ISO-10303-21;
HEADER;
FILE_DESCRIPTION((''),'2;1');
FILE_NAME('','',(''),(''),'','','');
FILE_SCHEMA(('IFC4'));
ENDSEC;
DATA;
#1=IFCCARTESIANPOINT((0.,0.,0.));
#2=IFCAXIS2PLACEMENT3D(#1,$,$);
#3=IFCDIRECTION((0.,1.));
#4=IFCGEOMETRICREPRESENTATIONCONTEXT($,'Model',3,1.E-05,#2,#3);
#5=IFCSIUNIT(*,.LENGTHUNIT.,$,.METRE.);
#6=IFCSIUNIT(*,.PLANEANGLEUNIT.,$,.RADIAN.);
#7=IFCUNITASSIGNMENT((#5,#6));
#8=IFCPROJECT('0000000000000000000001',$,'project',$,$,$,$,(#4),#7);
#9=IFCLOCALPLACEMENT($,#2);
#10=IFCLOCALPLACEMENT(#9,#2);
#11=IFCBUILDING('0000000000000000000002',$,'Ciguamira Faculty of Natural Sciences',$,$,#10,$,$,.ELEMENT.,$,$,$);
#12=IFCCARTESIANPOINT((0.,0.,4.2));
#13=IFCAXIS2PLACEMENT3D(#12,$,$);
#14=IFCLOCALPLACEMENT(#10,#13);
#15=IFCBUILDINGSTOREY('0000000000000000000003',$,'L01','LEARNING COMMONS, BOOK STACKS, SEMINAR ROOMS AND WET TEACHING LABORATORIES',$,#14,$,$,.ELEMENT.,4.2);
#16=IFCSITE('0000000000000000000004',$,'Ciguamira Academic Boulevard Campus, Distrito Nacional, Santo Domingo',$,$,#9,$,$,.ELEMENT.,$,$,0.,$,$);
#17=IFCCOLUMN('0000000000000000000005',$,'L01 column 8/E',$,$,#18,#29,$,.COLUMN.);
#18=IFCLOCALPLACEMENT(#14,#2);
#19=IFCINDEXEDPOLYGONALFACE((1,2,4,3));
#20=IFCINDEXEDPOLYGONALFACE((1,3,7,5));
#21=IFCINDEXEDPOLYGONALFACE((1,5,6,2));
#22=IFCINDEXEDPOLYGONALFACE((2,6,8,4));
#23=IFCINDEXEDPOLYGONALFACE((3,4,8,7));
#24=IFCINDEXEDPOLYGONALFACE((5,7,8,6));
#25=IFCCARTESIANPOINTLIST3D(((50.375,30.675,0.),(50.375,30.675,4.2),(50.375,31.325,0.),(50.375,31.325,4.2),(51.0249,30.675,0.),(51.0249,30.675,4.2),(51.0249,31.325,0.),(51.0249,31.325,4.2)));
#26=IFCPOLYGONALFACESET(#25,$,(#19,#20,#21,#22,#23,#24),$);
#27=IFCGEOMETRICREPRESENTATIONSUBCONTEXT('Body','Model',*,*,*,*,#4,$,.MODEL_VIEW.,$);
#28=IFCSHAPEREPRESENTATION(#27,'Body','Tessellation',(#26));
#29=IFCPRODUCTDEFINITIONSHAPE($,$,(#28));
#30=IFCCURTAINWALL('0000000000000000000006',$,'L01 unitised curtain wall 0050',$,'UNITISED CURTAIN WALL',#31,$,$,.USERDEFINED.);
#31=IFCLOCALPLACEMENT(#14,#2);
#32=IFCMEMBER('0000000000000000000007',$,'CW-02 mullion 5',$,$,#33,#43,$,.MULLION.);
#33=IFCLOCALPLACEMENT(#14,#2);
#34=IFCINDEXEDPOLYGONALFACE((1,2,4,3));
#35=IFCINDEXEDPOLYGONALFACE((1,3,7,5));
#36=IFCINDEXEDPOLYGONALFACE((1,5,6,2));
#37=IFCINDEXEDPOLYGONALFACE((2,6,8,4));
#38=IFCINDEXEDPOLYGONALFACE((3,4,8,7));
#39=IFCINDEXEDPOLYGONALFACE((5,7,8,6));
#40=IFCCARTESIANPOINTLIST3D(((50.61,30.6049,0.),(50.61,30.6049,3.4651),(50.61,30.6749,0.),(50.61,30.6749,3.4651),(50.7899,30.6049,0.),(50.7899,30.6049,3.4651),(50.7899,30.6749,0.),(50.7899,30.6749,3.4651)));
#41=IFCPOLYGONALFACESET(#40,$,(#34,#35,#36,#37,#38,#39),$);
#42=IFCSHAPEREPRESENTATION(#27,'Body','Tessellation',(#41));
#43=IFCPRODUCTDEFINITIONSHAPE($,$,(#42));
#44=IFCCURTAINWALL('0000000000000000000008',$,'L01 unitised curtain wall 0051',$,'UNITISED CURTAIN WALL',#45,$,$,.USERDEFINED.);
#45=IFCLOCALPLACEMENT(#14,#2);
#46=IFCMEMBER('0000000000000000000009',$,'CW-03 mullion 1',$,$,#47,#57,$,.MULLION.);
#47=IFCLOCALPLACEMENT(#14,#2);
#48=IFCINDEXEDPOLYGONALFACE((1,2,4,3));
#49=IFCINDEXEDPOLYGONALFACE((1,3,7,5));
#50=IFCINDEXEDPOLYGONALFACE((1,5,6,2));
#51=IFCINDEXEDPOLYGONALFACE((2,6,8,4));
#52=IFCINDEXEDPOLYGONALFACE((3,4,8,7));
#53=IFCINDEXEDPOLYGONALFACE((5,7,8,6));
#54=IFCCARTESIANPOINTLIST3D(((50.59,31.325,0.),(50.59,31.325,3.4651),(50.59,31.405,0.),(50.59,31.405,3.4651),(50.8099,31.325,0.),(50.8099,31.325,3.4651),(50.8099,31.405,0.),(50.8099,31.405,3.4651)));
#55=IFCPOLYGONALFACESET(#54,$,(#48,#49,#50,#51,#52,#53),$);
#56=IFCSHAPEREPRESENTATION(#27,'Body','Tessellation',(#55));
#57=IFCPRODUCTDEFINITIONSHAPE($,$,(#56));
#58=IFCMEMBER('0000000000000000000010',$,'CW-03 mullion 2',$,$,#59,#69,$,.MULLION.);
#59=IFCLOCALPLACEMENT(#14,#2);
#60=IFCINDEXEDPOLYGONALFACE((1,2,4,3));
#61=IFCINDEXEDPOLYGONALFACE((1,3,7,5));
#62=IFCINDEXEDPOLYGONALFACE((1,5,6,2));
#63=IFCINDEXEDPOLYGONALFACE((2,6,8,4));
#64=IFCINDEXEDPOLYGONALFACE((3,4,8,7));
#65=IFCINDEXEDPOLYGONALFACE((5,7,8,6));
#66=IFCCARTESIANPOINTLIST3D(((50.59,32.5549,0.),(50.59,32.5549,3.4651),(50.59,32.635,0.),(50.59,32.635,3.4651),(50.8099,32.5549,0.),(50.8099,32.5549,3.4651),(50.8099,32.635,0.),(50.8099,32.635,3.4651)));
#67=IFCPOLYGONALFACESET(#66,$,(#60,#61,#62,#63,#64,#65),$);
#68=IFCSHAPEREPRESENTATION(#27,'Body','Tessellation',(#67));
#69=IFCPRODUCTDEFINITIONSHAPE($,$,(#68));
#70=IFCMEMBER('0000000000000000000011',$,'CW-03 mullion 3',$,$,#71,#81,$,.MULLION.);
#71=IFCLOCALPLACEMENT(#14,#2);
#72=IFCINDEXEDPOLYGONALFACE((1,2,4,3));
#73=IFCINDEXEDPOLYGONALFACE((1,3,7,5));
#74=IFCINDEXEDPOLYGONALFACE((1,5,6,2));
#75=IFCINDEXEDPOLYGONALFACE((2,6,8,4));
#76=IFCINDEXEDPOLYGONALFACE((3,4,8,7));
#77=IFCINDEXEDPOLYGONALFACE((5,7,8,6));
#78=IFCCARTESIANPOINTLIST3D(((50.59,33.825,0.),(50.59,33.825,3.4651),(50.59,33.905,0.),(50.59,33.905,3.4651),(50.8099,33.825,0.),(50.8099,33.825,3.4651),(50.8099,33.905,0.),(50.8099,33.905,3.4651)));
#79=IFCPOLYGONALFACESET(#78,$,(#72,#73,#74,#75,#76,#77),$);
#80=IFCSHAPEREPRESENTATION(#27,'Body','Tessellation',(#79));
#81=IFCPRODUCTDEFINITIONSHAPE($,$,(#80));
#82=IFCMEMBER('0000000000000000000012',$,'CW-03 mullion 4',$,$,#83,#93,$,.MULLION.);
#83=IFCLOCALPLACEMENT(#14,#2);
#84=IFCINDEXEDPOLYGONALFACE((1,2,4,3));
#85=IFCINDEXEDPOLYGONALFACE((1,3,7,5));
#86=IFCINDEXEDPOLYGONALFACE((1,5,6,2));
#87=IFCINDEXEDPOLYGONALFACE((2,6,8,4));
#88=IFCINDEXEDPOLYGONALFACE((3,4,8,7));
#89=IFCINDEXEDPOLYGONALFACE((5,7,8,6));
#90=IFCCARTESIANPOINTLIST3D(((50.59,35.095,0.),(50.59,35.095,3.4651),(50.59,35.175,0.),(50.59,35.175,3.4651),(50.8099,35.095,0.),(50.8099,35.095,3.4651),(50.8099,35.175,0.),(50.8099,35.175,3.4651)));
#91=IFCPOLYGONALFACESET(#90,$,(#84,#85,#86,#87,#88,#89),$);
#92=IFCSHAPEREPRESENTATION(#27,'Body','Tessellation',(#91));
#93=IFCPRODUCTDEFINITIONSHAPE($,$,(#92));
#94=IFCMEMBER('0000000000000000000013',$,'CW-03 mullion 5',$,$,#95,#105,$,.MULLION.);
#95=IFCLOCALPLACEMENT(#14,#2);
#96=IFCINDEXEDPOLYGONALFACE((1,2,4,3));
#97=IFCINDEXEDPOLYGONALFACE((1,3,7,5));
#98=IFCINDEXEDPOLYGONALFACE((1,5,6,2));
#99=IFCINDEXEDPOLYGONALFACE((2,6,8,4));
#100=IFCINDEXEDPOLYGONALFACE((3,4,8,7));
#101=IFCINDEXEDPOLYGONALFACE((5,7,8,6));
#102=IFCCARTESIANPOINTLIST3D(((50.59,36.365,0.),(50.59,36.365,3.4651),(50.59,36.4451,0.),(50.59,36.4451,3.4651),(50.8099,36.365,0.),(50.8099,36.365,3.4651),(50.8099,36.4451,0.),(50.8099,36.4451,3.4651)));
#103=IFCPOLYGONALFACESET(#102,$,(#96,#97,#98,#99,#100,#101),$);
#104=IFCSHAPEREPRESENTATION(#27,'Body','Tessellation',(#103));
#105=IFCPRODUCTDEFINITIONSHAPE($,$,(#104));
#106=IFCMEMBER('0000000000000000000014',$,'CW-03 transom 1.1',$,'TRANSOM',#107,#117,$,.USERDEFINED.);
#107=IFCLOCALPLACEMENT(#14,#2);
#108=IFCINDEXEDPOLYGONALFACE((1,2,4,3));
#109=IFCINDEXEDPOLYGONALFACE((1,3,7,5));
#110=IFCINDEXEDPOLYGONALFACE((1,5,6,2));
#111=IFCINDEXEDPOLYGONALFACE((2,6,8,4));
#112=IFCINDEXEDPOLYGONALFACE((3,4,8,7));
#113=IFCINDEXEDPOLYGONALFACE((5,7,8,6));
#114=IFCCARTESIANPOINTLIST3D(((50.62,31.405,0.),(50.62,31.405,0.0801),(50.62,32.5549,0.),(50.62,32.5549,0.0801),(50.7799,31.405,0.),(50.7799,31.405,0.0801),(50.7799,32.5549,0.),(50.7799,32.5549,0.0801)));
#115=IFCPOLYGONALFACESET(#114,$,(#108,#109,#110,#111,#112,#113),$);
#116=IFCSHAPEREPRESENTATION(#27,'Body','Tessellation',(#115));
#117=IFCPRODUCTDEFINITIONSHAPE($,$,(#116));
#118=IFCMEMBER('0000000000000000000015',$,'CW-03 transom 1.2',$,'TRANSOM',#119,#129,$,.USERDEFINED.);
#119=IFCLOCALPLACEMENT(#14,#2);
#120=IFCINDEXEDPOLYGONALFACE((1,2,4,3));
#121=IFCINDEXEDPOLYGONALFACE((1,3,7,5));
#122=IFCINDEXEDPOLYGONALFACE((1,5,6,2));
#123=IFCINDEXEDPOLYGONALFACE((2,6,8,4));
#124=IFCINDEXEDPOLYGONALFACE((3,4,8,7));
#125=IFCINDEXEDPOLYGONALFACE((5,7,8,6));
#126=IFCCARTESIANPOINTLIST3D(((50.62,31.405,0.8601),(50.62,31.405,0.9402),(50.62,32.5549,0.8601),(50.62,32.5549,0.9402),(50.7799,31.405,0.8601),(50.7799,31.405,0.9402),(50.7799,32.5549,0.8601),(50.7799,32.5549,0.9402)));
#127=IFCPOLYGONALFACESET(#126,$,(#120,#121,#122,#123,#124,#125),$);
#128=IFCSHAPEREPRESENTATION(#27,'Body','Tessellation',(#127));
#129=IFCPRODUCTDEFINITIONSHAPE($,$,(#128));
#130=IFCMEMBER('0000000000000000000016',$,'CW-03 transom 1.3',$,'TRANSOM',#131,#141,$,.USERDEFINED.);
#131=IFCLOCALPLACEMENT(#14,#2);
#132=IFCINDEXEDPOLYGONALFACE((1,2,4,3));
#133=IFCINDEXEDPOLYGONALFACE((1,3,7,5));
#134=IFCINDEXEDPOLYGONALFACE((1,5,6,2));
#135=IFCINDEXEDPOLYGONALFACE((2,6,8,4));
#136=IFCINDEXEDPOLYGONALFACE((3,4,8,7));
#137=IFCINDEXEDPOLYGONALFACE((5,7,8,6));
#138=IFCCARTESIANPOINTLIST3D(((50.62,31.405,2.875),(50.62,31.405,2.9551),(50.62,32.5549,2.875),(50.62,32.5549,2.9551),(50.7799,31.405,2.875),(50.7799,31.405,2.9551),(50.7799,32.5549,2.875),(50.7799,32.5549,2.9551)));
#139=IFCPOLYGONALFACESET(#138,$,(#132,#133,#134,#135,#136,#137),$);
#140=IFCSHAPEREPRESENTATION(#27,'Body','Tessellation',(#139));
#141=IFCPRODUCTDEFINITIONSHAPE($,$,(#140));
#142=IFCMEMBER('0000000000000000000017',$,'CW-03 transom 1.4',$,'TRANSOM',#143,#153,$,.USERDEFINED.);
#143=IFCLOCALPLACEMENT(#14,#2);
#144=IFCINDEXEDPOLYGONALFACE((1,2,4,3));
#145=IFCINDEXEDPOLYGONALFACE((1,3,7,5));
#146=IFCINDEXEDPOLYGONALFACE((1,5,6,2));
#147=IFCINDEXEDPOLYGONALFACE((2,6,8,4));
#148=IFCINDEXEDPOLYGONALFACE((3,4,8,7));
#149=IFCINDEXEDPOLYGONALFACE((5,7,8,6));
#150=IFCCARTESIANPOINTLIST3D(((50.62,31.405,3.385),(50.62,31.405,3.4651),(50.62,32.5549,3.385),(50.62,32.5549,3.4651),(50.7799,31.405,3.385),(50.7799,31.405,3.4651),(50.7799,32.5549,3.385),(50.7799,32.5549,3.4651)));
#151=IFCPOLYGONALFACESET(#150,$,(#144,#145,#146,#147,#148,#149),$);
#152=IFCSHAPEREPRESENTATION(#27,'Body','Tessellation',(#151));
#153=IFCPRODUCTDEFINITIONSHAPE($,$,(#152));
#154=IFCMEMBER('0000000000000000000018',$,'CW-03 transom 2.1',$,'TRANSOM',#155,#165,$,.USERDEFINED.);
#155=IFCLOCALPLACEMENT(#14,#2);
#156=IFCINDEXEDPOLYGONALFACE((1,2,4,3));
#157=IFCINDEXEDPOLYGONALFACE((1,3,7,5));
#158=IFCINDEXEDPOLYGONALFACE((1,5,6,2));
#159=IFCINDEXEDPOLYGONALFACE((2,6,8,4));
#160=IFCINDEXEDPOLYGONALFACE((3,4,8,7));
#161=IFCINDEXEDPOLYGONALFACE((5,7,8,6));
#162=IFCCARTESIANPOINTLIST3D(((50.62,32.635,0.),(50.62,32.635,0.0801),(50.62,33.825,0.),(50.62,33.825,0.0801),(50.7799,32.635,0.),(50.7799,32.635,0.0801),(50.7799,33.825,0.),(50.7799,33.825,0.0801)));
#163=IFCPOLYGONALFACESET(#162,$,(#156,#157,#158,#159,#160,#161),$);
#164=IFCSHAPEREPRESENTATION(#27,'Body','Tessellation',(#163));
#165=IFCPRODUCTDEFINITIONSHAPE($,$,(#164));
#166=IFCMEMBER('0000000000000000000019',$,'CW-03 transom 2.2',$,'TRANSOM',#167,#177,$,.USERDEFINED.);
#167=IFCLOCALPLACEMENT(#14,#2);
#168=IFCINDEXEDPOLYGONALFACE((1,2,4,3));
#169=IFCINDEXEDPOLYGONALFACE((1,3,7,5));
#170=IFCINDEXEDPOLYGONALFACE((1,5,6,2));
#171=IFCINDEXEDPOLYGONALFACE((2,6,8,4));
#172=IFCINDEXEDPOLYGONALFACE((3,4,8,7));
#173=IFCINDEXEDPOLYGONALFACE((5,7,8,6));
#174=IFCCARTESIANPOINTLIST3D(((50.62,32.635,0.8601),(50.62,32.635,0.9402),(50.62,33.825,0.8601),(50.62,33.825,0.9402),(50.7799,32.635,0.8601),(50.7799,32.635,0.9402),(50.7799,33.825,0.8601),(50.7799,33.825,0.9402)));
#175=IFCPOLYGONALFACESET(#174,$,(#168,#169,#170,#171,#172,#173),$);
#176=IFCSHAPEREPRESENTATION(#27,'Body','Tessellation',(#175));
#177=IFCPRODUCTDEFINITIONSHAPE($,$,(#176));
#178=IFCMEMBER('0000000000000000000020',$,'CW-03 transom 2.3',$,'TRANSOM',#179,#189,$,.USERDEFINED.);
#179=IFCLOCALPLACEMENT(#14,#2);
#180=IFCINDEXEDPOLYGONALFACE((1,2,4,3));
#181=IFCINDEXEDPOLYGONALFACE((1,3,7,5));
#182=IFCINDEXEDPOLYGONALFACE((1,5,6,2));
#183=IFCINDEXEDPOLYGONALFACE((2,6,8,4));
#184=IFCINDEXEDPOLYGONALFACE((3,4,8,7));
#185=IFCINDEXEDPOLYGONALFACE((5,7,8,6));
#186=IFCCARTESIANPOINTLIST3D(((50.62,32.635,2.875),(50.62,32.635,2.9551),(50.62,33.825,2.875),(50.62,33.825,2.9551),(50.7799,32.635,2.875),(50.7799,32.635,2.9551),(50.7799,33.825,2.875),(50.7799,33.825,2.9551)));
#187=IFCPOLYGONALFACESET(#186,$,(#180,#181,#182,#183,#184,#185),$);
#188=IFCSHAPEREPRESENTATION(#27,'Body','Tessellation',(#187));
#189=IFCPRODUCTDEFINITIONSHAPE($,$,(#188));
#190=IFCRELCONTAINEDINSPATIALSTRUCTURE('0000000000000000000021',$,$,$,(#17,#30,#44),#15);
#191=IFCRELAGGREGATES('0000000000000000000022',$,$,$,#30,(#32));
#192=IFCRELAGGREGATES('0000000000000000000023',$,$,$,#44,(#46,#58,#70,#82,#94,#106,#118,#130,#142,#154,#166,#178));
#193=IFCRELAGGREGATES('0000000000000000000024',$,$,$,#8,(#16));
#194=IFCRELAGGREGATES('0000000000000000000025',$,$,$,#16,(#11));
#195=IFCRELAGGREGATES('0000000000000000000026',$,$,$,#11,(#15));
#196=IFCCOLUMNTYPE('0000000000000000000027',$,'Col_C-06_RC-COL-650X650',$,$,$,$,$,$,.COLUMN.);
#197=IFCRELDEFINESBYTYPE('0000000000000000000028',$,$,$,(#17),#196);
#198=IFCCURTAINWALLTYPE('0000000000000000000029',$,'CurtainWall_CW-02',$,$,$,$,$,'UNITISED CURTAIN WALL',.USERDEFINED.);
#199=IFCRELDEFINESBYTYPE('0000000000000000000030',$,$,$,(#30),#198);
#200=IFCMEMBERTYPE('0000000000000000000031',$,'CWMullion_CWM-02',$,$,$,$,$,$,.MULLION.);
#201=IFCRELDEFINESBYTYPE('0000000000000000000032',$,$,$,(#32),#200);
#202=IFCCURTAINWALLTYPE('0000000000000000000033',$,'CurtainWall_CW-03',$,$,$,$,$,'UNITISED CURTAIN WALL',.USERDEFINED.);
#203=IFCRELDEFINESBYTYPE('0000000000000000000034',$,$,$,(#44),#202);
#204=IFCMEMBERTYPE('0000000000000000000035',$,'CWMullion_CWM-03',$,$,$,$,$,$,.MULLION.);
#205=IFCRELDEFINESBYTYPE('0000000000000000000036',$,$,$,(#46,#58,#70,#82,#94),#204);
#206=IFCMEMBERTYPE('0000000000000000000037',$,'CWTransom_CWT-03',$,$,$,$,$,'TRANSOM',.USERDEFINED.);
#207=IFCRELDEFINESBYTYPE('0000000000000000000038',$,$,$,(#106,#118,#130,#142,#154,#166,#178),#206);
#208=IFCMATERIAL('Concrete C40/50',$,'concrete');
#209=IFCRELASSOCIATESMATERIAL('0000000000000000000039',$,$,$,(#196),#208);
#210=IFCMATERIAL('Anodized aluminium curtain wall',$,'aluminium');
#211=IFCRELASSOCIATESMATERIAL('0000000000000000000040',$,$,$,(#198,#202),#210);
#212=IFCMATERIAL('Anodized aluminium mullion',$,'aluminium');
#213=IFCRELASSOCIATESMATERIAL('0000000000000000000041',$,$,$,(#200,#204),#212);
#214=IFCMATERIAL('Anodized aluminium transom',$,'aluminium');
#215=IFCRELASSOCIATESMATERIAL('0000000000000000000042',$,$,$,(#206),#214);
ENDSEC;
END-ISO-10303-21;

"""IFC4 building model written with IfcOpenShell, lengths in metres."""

from ifc_helpers import new_model, si_unit, direction, frame, origin, origin_2d, place, context, subcontext, project, spatial, rectangle, extrude, material, material_profile, profile_set, type_object, element, aggregate, save


model = new_model("IFC4")

# Units and contexts
model_context = context("Model", 3, precision=1e-05, world=origin(), true_north=direction((0.0, 1.0)))
body_context = subcontext(model_context, "Body", "Model", "MODEL_VIEW")
ifc_project = project(units=[si_unit("LENGTHUNIT", "METRE"), si_unit("PLANEANGLEUNIT", "RADIAN")], contexts=[model_context])

# Site, building, storey
site_placement = place(None, origin())
site = spatial("IfcSite", under=ifc_project, at=site_placement, Name="Ciguamira Academic Boulevard Campus, Distrito Nacional, Santo Domingo", CompositionType="ELEMENT", RefElevation=0.0)
building_placement = place(site_placement, origin())
building = spatial("IfcBuilding", under=site, at=building_placement, Name="Ciguamira Faculty of Natural Sciences", CompositionType="ELEMENT")
storey_placement = place(building_placement, frame((0.0, 0.0, 4.2)))
storey = spatial("IfcBuildingStorey", under=building, at=storey_placement, Name="L01", Description="LEARNING COMMONS, BOOK STACKS, SEMINAR ROOMS AND WET TEACHING LABORATORIES", CompositionType="ELEMENT", Elevation=4.2)

# Column
ifc_material_1 = material(Name="Concrete C40/50", Category="concrete")
ifc_material_profile_1 = material_profile(ifc_material_1, rectangle(XDim=0.6499, YDim=0.6499, at=origin_2d()), Name="RC-COL-650X650")
ifc_profile_set_1 = profile_set([ifc_material_profile_1], Name="Concrete C40/50")
column_type = type_object("IfcColumnType", Name="Col_C-06_RC-COL-650X650", PredefinedType="COLUMN", material=ifc_profile_set_1)
column_placement = place(storey_placement, frame((50.7, 31.0, 0.0), z_axis=(0.0, 0.0, 1.0), x_axis=(1.0, 0.0, 0.0)))
element("IfcColumn", 1, at=column_placement, inside=storey, type_object=column_type, Name="L01 column 8/E", PredefinedType="COLUMN", context=body_context, shape_type="SweptSolid", body=[
    extrude(rectangle(XDim=0.6499, YDim=0.6499, at=origin_2d()), origin(), (0.0, 0.0, 1.0), 4.2),
])

# Curtain wall, member
ifc_material_2 = material(Name="Anodized aluminium curtain wall", Category="aluminium")
curtain_wall_type_1 = type_object("IfcCurtainWallType", Name="CurtainWall_CW-02", ElementType="UNITISED CURTAIN WALL", PredefinedType="USERDEFINED", material=ifc_material_2)
curtain_wall_1_placement = place(storey_placement, origin())
curtain_wall_1 = element("IfcCurtainWall", 2, at=curtain_wall_1_placement, inside=storey, type_object=curtain_wall_type_1, Name="L01 unitised curtain wall 0050", ObjectType="UNITISED CURTAIN WALL", PredefinedType="USERDEFINED")
ifc_material_3 = material(Name="Anodized aluminium mullion", Category="aluminium")
ifc_material_profile_2 = material_profile(ifc_material_3, rectangle(XDim=0.0701, YDim=0.1799, at=origin_2d()), Name="ALU-MUL-70X180")
ifc_profile_set_2 = profile_set([ifc_material_profile_2], Name="Anodized aluminium mullion")
member_type_1 = type_object("IfcMemberType", Name="CWMullion_CWM-02", PredefinedType="MULLION", material=ifc_profile_set_2)
member_1_placement = place(storey_placement, frame((50.7, 30.6399, 0.0), z_axis=(0.0, 0.0, 1.0), x_axis=(0.0, 1.0, 0.0)))
member_1 = element("IfcMember", 3, at=member_1_placement, type_object=member_type_1, Name="CW-02 mullion 5", PredefinedType="MULLION", context=body_context, shape_type="SweptSolid", body=[
    extrude(rectangle(XDim=0.0701, YDim=0.1799, at=origin_2d()), origin(), (0.0, 0.0, 1.0), 3.4651),
])
aggregate(curtain_wall_1, [member_1])

# Curtain wall, members
curtain_wall_type_2 = type_object("IfcCurtainWallType", Name="CurtainWall_CW-03", ElementType="UNITISED CURTAIN WALL", PredefinedType="USERDEFINED", material=ifc_material_2)
curtain_wall_2_placement = place(storey_placement, origin())
curtain_wall_2 = element("IfcCurtainWall", 4, at=curtain_wall_2_placement, inside=storey, type_object=curtain_wall_type_2, Name="L01 unitised curtain wall 0051", ObjectType="UNITISED CURTAIN WALL", PredefinedType="USERDEFINED")
ifc_material_profile_3 = material_profile(ifc_material_3, rectangle(XDim=0.0801, YDim=0.22, at=origin_2d()), Name="ALU-MUL-80X220")
ifc_profile_set_3 = profile_set([ifc_material_profile_3], Name="Anodized aluminium mullion")
member_type_2 = type_object("IfcMemberType", Name="CWMullion_CWM-03", PredefinedType="MULLION", material=ifc_profile_set_3)
member_2_placement = place(storey_placement, frame((50.7, 31.365, 0.0), z_axis=(0.0, 0.0, 1.0), x_axis=(0.0, 1.0, 0.0)))
member_2 = element("IfcMember", 5, at=member_2_placement, type_object=member_type_2, Name="CW-03 mullion 1", PredefinedType="MULLION", context=body_context, shape_type="SweptSolid", body=[
    extrude(rectangle(XDim=0.0801, YDim=0.22, at=origin_2d()), origin(), (0.0, 0.0, 1.0), 3.4651),
])
member_3_placement = place(storey_placement, frame((50.7, 32.595, 0.0), z_axis=(0.0, 0.0, 1.0), x_axis=(0.0, 1.0, 0.0)))
member_3 = element("IfcMember", 6, at=member_3_placement, type_object=member_type_2, Name="CW-03 mullion 2", PredefinedType="MULLION", context=body_context, shape_type="SweptSolid", body=[
    extrude(rectangle(XDim=0.0801, YDim=0.22, at=origin_2d()), origin(), (0.0, 0.0, 1.0), 3.4651),
])
member_4_placement = place(storey_placement, frame((50.7, 33.865, 0.0), z_axis=(0.0, 0.0, 1.0), x_axis=(0.0, 1.0, 0.0)))
member_4 = element("IfcMember", 7, at=member_4_placement, type_object=member_type_2, Name="CW-03 mullion 3", PredefinedType="MULLION", context=body_context, shape_type="SweptSolid", body=[
    extrude(rectangle(XDim=0.0801, YDim=0.22, at=origin_2d()), origin(), (0.0, 0.0, 1.0), 3.4651),
])
member_5_placement = place(storey_placement, frame((50.7, 35.135, 0.0), z_axis=(0.0, 0.0, 1.0), x_axis=(0.0, 1.0, 0.0)))
member_5 = element("IfcMember", 8, at=member_5_placement, type_object=member_type_2, Name="CW-03 mullion 4", PredefinedType="MULLION", context=body_context, shape_type="SweptSolid", body=[
    extrude(rectangle(XDim=0.0801, YDim=0.22, at=origin_2d()), origin(), (0.0, 0.0, 1.0), 3.4651),
])
member_6_placement = place(storey_placement, frame((50.7, 36.405, 0.0), z_axis=(0.0, 0.0, 1.0), x_axis=(0.0, 1.0, 0.0)))
member_6 = element("IfcMember", 9, at=member_6_placement, type_object=member_type_2, Name="CW-03 mullion 5", PredefinedType="MULLION", context=body_context, shape_type="SweptSolid", body=[
    extrude(rectangle(XDim=0.0801, YDim=0.22, at=origin_2d()), origin(), (0.0, 0.0, 1.0), 3.4651),
])
ifc_material_4 = material(Name="Anodized aluminium transom", Category="aluminium")
ifc_material_profile_4 = material_profile(ifc_material_4, rectangle(XDim=0.0801, YDim=0.1599, at=origin_2d()), Name="ALU-TRN-80X160")
ifc_profile_set_4 = profile_set([ifc_material_profile_4], Name="Anodized aluminium transom")
member_type_3 = type_object("IfcMemberType", Name="CWTransom_CWT-03", ElementType="TRANSOM", PredefinedType="USERDEFINED", material=ifc_profile_set_4)
member_7_placement = place(storey_placement, frame((50.7, 31.405, 0.04), z_axis=(0.0, 1.0, 0.0), x_axis=(0.0, 0.0, 1.0)))
member_7 = element("IfcMember", 10, at=member_7_placement, type_object=member_type_3, Name="CW-03 transom 1.1", ObjectType="TRANSOM", PredefinedType="USERDEFINED", context=body_context, shape_type="SweptSolid", body=[
    extrude(rectangle(XDim=0.0801, YDim=0.1599, at=origin_2d()), origin(), (0.0, 0.0, 1.0), 1.1499),
])
member_8_placement = place(storey_placement, frame((50.7, 31.405, 0.9001), z_axis=(0.0, 1.0, 0.0), x_axis=(0.0, 0.0, 1.0)))
member_8 = element("IfcMember", 11, at=member_8_placement, type_object=member_type_3, Name="CW-03 transom 1.2", ObjectType="TRANSOM", PredefinedType="USERDEFINED", context=body_context, shape_type="SweptSolid", body=[
    extrude(rectangle(XDim=0.0801, YDim=0.1599, at=origin_2d()), origin(), (0.0, 0.0, 1.0), 1.1499),
])
member_9_placement = place(storey_placement, frame((50.7, 31.405, 2.915), z_axis=(0.0, 1.0, 0.0), x_axis=(0.0, 0.0, 1.0)))
member_9 = element("IfcMember", 12, at=member_9_placement, type_object=member_type_3, Name="CW-03 transom 1.3", ObjectType="TRANSOM", PredefinedType="USERDEFINED", context=body_context, shape_type="SweptSolid", body=[
    extrude(rectangle(XDim=0.0801, YDim=0.1599, at=origin_2d()), origin(), (0.0, 0.0, 1.0), 1.1499),
])
member_10_placement = place(storey_placement, frame((50.7, 31.405, 3.425), z_axis=(0.0, 1.0, 0.0), x_axis=(0.0, 0.0, 1.0)))
member_10 = element("IfcMember", 13, at=member_10_placement, type_object=member_type_3, Name="CW-03 transom 1.4", ObjectType="TRANSOM", PredefinedType="USERDEFINED", context=body_context, shape_type="SweptSolid", body=[
    extrude(rectangle(XDim=0.0801, YDim=0.1599, at=origin_2d()), origin(), (0.0, 0.0, 1.0), 1.1499),
])
member_11_placement = place(storey_placement, frame((50.7, 32.635, 0.04), z_axis=(0.0, 1.0, 0.0), x_axis=(0.0, 0.0, 1.0)))
member_11 = element("IfcMember", 14, at=member_11_placement, type_object=member_type_3, Name="CW-03 transom 2.1", ObjectType="TRANSOM", PredefinedType="USERDEFINED", context=body_context, shape_type="SweptSolid", body=[
    extrude(rectangle(XDim=0.0801, YDim=0.1599, at=origin_2d()), origin(), (0.0, 0.0, 1.0), 1.1899),
])
member_12_placement = place(storey_placement, frame((50.7, 32.635, 0.9001), z_axis=(0.0, 1.0, 0.0), x_axis=(0.0, 0.0, 1.0)))
member_12 = element("IfcMember", 15, at=member_12_placement, type_object=member_type_3, Name="CW-03 transom 2.2", ObjectType="TRANSOM", PredefinedType="USERDEFINED", context=body_context, shape_type="SweptSolid", body=[
    extrude(rectangle(XDim=0.0801, YDim=0.1599, at=origin_2d()), origin(), (0.0, 0.0, 1.0), 1.1899),
])
member_13_placement = place(storey_placement, frame((50.7, 32.635, 2.915), z_axis=(0.0, 1.0, 0.0), x_axis=(0.0, 0.0, 1.0)))
member_13 = element("IfcMember", 16, at=member_13_placement, type_object=member_type_3, Name="CW-03 transom 2.3", ObjectType="TRANSOM", PredefinedType="USERDEFINED", context=body_context, shape_type="SweptSolid", body=[
    extrude(rectangle(XDim=0.0801, YDim=0.1599, at=origin_2d()), origin(), (0.0, 0.0, 1.0), 1.1899),
])

aggregate(curtain_wall_2, [member_2, member_3, member_4, member_5, member_6, member_7, member_8, member_9, member_10, member_11, member_12, member_13])

save(model, "model.ifc")
